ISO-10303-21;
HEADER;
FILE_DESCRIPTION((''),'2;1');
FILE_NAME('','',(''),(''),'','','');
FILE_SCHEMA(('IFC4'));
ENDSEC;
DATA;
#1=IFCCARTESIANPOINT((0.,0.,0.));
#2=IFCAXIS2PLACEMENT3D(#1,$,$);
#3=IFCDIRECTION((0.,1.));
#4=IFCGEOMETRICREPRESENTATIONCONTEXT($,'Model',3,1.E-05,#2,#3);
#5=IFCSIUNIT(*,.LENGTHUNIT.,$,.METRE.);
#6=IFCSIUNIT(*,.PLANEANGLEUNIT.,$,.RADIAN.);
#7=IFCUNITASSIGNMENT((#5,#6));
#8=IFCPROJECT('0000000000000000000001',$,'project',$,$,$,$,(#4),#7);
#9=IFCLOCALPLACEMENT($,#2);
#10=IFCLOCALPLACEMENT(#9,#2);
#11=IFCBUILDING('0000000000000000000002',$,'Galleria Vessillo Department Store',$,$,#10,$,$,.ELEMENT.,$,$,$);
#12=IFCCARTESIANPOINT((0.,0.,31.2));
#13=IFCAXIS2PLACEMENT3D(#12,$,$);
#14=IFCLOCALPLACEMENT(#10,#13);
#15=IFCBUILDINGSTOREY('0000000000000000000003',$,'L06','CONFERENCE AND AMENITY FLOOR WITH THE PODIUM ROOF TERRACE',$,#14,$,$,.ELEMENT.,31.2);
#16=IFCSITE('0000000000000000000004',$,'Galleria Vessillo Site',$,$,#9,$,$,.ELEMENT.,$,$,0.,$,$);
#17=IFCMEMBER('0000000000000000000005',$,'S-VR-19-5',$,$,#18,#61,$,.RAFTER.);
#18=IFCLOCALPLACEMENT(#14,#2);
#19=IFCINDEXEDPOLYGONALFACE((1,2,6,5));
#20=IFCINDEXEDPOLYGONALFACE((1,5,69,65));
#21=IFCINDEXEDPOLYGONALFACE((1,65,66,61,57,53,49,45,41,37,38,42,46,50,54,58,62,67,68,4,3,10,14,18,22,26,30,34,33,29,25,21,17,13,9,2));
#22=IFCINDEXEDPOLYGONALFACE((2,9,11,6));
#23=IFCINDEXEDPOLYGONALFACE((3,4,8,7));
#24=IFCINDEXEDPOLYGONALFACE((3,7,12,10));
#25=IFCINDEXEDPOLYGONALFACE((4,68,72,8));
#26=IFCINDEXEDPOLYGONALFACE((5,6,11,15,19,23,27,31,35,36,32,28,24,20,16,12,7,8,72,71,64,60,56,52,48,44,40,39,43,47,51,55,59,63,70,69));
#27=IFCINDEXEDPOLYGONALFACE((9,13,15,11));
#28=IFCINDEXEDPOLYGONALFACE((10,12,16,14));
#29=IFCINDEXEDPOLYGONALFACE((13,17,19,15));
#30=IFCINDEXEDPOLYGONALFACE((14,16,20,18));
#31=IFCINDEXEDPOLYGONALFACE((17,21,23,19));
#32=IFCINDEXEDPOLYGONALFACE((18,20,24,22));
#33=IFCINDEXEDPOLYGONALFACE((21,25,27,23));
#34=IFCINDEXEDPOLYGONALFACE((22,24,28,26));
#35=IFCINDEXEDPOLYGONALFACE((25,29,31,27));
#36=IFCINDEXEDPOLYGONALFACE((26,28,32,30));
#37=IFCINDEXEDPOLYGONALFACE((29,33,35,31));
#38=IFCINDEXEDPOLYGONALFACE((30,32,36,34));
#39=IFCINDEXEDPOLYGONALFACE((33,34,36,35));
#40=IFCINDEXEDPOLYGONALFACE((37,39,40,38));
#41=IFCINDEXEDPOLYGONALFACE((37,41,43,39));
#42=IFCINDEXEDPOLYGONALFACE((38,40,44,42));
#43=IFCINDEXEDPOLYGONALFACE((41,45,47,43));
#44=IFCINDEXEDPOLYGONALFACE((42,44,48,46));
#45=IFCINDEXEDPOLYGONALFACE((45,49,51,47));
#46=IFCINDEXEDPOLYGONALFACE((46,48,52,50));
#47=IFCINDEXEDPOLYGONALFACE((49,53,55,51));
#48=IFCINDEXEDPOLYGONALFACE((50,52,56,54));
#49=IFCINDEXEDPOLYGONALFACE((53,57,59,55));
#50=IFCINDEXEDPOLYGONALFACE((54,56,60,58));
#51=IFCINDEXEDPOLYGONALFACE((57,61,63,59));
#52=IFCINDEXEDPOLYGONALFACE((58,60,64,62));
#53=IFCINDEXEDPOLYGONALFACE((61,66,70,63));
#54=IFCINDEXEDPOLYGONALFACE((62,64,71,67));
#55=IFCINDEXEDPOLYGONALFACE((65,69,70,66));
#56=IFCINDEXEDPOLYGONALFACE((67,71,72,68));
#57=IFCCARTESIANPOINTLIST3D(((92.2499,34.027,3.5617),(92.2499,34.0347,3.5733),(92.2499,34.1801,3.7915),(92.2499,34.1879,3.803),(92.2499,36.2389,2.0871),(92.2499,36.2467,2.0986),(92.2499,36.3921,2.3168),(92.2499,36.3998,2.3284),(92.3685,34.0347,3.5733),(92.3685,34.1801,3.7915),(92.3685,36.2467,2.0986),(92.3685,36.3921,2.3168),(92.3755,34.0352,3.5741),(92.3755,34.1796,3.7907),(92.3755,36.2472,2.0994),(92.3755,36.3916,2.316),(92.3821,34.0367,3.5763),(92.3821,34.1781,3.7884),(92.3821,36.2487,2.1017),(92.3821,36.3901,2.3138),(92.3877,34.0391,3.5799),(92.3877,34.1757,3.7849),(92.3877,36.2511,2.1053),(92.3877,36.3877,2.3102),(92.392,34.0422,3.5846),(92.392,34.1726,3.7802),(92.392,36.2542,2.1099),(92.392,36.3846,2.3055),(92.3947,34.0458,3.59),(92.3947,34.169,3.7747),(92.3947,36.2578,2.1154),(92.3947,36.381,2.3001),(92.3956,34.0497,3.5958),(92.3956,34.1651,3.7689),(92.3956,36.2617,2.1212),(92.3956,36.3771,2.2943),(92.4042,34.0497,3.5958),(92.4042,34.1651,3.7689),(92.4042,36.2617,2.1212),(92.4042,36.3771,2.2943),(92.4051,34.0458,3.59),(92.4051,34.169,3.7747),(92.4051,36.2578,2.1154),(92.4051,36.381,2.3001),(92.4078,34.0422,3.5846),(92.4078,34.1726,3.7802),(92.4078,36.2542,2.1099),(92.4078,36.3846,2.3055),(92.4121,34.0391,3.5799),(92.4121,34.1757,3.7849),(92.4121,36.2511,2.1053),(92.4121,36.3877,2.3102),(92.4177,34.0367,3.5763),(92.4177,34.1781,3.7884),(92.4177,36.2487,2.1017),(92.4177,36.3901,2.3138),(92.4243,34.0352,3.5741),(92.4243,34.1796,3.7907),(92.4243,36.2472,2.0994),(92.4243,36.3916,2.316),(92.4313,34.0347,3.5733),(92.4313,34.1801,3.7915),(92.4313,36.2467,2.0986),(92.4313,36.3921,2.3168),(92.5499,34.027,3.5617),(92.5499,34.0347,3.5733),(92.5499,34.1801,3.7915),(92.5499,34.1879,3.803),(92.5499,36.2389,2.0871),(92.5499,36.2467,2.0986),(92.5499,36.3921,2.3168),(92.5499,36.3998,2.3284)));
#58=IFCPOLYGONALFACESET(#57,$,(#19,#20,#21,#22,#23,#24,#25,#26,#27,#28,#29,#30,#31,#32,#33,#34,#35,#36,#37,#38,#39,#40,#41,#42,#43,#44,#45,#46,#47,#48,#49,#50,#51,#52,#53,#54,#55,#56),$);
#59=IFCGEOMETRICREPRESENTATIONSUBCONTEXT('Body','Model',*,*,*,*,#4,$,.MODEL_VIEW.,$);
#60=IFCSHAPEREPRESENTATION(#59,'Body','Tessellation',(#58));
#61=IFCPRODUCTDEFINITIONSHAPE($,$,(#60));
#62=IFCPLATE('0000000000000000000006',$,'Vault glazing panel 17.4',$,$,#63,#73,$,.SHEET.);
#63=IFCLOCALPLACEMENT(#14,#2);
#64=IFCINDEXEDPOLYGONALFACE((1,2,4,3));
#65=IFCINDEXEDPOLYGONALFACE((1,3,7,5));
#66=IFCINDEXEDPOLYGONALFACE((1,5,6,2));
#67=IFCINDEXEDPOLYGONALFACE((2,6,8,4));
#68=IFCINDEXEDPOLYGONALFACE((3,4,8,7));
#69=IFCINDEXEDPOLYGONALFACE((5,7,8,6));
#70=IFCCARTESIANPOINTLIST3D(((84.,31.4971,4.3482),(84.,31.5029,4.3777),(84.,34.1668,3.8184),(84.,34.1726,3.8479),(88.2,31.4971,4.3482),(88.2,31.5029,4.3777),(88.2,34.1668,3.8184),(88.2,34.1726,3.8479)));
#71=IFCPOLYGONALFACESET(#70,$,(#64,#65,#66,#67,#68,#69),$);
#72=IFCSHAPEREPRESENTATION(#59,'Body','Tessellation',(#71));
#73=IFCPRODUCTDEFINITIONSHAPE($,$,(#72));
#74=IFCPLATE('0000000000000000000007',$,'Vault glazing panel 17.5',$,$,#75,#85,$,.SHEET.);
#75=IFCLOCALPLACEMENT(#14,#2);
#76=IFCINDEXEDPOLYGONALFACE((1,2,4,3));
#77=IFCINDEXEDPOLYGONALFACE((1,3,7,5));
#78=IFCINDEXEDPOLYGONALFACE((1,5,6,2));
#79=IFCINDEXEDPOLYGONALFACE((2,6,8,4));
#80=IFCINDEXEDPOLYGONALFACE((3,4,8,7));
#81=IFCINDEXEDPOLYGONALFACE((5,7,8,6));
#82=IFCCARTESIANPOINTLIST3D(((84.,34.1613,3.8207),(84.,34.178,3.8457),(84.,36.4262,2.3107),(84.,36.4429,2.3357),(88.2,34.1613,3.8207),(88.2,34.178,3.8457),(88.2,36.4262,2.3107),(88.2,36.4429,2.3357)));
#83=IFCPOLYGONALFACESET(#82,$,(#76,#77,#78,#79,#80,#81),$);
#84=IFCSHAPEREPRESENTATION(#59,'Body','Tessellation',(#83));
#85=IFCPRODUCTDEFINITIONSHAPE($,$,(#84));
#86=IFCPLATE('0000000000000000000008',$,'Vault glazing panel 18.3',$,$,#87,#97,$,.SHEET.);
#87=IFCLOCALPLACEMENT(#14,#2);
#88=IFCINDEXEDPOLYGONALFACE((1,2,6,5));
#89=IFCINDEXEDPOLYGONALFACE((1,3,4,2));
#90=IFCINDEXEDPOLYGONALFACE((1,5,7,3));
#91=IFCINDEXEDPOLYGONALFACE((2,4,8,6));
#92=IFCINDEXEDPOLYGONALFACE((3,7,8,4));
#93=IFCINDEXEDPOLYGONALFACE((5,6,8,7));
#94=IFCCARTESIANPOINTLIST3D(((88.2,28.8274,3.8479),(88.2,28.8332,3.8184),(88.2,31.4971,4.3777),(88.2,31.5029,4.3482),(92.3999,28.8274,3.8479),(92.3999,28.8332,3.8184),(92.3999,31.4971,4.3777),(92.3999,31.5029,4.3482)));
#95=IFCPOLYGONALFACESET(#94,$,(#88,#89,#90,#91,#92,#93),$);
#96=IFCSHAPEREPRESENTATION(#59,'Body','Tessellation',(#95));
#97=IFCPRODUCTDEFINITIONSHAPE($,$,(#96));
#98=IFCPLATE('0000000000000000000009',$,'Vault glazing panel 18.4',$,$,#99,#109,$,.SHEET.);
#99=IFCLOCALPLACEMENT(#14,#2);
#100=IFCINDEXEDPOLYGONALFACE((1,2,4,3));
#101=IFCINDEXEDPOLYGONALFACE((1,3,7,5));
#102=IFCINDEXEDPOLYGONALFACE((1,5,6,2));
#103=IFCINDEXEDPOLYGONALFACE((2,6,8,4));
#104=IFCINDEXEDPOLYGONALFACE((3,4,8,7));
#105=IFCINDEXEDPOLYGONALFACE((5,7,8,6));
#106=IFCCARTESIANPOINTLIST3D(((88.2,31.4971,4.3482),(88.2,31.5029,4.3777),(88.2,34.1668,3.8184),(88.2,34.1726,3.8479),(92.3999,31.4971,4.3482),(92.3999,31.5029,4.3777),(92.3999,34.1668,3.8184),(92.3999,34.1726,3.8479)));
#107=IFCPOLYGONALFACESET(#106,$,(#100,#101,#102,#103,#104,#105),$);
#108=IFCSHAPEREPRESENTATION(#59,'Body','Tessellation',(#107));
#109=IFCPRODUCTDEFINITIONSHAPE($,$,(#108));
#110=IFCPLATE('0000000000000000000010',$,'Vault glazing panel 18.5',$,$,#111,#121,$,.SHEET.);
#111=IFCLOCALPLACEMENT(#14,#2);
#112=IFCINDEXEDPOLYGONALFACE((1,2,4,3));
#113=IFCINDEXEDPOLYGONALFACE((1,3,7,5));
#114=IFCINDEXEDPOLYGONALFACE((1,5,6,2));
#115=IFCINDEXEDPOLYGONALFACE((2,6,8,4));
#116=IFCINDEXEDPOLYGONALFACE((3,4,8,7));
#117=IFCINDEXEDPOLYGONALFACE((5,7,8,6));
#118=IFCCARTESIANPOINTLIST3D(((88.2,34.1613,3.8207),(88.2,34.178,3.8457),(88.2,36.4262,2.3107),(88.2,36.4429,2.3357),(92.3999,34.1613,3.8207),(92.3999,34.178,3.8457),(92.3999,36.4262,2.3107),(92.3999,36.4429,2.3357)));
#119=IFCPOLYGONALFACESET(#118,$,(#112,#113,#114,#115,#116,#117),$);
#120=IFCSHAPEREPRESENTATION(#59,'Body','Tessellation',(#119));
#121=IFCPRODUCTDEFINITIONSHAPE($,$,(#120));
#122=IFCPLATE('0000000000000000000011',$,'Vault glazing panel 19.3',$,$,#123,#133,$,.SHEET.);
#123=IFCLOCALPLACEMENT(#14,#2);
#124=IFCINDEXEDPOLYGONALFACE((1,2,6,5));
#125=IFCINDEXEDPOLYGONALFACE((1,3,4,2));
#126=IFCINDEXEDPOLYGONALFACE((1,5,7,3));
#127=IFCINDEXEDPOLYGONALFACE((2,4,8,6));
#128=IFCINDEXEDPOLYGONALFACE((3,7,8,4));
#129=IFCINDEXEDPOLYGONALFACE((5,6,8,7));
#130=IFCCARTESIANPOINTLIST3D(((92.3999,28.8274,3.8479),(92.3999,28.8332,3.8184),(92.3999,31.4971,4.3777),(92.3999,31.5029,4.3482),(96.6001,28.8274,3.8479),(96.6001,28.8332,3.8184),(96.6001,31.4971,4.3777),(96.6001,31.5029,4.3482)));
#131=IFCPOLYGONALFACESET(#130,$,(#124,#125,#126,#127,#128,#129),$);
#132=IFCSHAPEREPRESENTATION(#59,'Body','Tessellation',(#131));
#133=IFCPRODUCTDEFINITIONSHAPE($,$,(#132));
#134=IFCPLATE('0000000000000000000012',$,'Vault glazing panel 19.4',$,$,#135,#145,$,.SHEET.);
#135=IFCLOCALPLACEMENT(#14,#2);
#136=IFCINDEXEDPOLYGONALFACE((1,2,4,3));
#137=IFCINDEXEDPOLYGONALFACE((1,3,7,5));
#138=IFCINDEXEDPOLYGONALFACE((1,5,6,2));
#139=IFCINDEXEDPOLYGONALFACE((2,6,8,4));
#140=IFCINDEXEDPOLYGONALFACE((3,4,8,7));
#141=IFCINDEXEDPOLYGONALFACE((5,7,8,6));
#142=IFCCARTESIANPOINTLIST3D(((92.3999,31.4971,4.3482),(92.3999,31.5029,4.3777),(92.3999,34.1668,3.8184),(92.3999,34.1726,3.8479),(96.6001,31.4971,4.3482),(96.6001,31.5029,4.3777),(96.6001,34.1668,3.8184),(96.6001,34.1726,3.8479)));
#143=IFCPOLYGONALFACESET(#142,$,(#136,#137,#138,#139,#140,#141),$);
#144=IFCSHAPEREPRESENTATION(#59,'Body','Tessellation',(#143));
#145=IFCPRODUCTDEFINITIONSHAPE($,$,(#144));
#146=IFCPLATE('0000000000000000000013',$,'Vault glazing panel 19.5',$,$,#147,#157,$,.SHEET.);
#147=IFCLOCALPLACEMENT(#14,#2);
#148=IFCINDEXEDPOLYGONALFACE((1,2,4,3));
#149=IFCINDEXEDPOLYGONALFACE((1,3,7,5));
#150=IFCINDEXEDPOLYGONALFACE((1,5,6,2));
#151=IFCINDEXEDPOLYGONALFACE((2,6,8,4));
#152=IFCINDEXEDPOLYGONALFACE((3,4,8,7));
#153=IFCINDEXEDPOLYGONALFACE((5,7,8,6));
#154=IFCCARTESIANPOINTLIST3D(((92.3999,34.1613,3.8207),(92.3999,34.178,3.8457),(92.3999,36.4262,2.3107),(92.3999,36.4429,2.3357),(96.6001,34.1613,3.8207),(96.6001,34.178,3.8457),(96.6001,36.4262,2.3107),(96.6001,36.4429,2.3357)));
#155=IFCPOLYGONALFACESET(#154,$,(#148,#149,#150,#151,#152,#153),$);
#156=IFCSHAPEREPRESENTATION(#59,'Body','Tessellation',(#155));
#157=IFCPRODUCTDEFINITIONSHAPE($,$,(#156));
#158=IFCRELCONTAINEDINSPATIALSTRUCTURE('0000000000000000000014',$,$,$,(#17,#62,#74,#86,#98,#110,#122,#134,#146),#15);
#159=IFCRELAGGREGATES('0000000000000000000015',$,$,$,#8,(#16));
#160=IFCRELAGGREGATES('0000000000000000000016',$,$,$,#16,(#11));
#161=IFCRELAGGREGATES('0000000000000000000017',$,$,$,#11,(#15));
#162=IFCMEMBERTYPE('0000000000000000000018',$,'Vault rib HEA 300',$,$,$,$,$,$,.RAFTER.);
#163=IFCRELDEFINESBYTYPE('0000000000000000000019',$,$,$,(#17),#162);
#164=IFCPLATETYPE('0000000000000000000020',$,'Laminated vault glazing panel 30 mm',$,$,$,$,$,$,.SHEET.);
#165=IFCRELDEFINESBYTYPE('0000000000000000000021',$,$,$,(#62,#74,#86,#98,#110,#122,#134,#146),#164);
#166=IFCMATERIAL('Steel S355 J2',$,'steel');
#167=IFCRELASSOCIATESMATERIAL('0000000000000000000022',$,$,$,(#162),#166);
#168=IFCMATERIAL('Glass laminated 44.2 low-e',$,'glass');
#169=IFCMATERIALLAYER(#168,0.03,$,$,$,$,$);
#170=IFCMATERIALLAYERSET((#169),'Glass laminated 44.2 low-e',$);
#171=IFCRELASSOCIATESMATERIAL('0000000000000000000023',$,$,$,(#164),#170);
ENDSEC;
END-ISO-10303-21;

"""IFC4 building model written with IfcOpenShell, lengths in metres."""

from ifc_helpers import new_model, si_unit, direction, frame, origin, origin_2d, place, context, subcontext, project, spatial, polyline, i_section, outline, extrude, material, layer, layer_set, material_profile, profile_set, type_object, element, save


model = new_model("IFC4")

# Units and contexts
model_context = context("Model", 3, precision=1e-05, world=origin(), true_north=direction((0.0, 1.0)))
body_context = subcontext(model_context, "Body", "Model", "MODEL_VIEW")
ifc_project = project(units=[si_unit("LENGTHUNIT", "METRE"), si_unit("PLANEANGLEUNIT", "RADIAN")], contexts=[model_context])

# Site, building, storey
site_placement = place(None, origin())
site = spatial("IfcSite", under=ifc_project, at=site_placement, Name="Galleria Vessillo Site", CompositionType="ELEMENT", RefElevation=0.0)
building_placement = place(site_placement, origin())
building = spatial("IfcBuilding", under=site, at=building_placement, Name="Galleria Vessillo Department Store", CompositionType="ELEMENT")
storey_placement = place(building_placement, frame((0.0, 0.0, 31.2)))
storey = spatial("IfcBuildingStorey", under=building, at=storey_placement, Name="L06", Description="CONFERENCE AND AMENITY FLOOR WITH THE PODIUM ROOF TERRACE", CompositionType="ELEMENT", Elevation=31.2)

# Member
ifc_material_1 = material(Name="Steel S355 J2", Category="steel")
ifc_material_profile_1 = material_profile(ifc_material_1, i_section(OverallWidth=0.3, OverallDepth=0.29, WebThickness=0.0085, FlangeThickness=0.0139, FilletRadius=0.0271, at=origin_2d()), Name="HEA 300")
ifc_profile_set_1 = profile_set([ifc_material_profile_1], Name="Steel S355 J2")
member_type_1 = type_object("IfcMemberType", Name="Vault rib HEA 300", PredefinedType="RAFTER", material=ifc_profile_set_1)
member_1_placement = place(storey_placement, frame((92.3999, 34.1074, 3.6824), z_axis=(0.0, 0.83205, -0.5547), x_axis=(-1.0, 0.0, 0.0)))
element("IfcMember", 1, at=member_1_placement, inside=storey, type_object=member_type_1, Name="S-VR-19-5", PredefinedType="RAFTER", context=body_context, shape_type="SweptSolid", body=[
    extrude(i_section(OverallWidth=0.3, OverallDepth=0.29, WebThickness=0.0085, FlangeThickness=0.0139, FilletRadius=0.0271, at=origin_2d()), origin(), (0.0, 0.0, 1.0), 2.6584),
])

# Plates
ifc_material_2 = material(Name="Glass laminated 44.2 low-e", Category="glass")
ifc_layer = layer(ifc_material_2, 0.03)
ifc_layer_set = layer_set([ifc_layer], Name="Glass laminated 44.2 low-e")
plate_type = type_object("IfcPlateType", Name="Laminated vault glazing panel 30 mm", PredefinedType="SHEET", material=ifc_layer_set)
plate_1_placement = place(storey_placement, frame((84.0, 31.5029, 4.3777), z_axis=(0.0, 0.19465, 0.980873), x_axis=(1.0, 0.0, 0.0)))
element("IfcPlate", 2, at=plate_1_placement, inside=storey, type_object=plate_type, Name="Vault glazing panel 17.4", PredefinedType="SHEET", context=body_context, shape_type="SweptSolid", body=[
    extrude(outline(polyline([(0.0, 0.0), (4.2, 0.0), (4.2, 2.7217), (0.0, 2.7217), (0.0, 0.0)])), origin(), (0.0, 0.0, -1.0), 0.03),
])
plate_2_placement = place(storey_placement, frame((84.0, 34.178, 3.8457), z_axis=(0.0, 0.554721, 0.832036), x_axis=(1.0, 0.0, 0.0)))
element("IfcPlate", 3, at=plate_2_placement, inside=storey, type_object=plate_type, Name="Vault glazing panel 17.5", PredefinedType="SHEET", context=body_context, shape_type="SweptSolid", body=[
    extrude(outline(polyline([(0.0, 0.0), (4.2, 0.0), (4.2, 2.7221), (0.0, 2.7221), (0.0, 0.0)])), origin(), (0.0, 0.0, -1.0), 0.03),
])
for number, where, z_axis, x_axis, name in (
    (4, (88.2, 28.8274, 3.8479), (0.0, -0.19465, 0.980873), (1.0, 0.0, 0.0), "Vault glazing panel 18.3"),
    (5, (88.2, 31.5029, 4.3777), (0.0, 0.19465, 0.980873), (1.0, 0.0, 0.0), "Vault glazing panel 18.4"),
):
    element("IfcPlate", number, at=place(storey_placement, frame(where, z_axis=z_axis, x_axis=x_axis)), inside=storey, type_object=plate_type, Name=name, PredefinedType="SHEET", context=body_context, shape_type="SweptSolid", body=[
        extrude(outline(polyline([(0.0, 0.0), (4.2, 0.0), (4.2, 2.7217), (0.0, 2.7217), (0.0, 0.0)])), origin(), (0.0, 0.0, -1.0), 0.03),
    ])
plate_3_placement = place(storey_placement, frame((88.2, 34.178, 3.8457), z_axis=(0.0, 0.554721, 0.832036), x_axis=(1.0, 0.0, 0.0)))
element("IfcPlate", 6, at=plate_3_placement, inside=storey, type_object=plate_type, Name="Vault glazing panel 18.5", PredefinedType="SHEET", context=body_context, shape_type="SweptSolid", body=[
    extrude(outline(polyline([(0.0, 0.0), (4.2, 0.0), (4.2, 2.7221), (0.0, 2.7221), (0.0, 0.0)])), origin(), (0.0, 0.0, -1.0), 0.03),
])
for number, where, z_axis, x_axis, name in (
    (7, (92.3999, 28.8274, 3.8479), (0.0, -0.19465, 0.980873), (1.0, 0.0, 0.0), "Vault glazing panel 19.3"),
    (8, (92.3999, 31.5029, 4.3777), (0.0, 0.19465, 0.980873), (1.0, 0.0, 0.0), "Vault glazing panel 19.4"),
):
    element("IfcPlate", number, at=place(storey_placement, frame(where, z_axis=z_axis, x_axis=x_axis)), inside=storey, type_object=plate_type, Name=name, PredefinedType="SHEET", context=body_context, shape_type="SweptSolid", body=[
        extrude(outline(polyline([(0.0, 0.0), (4.2002, 0.0), (4.2002, 2.7217), (0.0, 2.7217), (0.0, 0.0)])), origin(), (0.0, 0.0, -1.0), 0.03),
    ])
plate_4_placement = place(storey_placement, frame((92.3999, 34.178, 3.8457), z_axis=(0.0, 0.554721, 0.832036), x_axis=(1.0, 0.0, 0.0)))
element("IfcPlate", 9, at=plate_4_placement, inside=storey, type_object=plate_type, Name="Vault glazing panel 19.5", PredefinedType="SHEET", context=body_context, shape_type="SweptSolid", body=[
    extrude(outline(polyline([(0.0, 0.0), (4.2002, 0.0), (4.2002, 2.7221), (0.0, 2.7221), (0.0, 0.0)])), origin(), (0.0, 0.0, -1.0), 0.03),
])

save(model, "model.ifc")
